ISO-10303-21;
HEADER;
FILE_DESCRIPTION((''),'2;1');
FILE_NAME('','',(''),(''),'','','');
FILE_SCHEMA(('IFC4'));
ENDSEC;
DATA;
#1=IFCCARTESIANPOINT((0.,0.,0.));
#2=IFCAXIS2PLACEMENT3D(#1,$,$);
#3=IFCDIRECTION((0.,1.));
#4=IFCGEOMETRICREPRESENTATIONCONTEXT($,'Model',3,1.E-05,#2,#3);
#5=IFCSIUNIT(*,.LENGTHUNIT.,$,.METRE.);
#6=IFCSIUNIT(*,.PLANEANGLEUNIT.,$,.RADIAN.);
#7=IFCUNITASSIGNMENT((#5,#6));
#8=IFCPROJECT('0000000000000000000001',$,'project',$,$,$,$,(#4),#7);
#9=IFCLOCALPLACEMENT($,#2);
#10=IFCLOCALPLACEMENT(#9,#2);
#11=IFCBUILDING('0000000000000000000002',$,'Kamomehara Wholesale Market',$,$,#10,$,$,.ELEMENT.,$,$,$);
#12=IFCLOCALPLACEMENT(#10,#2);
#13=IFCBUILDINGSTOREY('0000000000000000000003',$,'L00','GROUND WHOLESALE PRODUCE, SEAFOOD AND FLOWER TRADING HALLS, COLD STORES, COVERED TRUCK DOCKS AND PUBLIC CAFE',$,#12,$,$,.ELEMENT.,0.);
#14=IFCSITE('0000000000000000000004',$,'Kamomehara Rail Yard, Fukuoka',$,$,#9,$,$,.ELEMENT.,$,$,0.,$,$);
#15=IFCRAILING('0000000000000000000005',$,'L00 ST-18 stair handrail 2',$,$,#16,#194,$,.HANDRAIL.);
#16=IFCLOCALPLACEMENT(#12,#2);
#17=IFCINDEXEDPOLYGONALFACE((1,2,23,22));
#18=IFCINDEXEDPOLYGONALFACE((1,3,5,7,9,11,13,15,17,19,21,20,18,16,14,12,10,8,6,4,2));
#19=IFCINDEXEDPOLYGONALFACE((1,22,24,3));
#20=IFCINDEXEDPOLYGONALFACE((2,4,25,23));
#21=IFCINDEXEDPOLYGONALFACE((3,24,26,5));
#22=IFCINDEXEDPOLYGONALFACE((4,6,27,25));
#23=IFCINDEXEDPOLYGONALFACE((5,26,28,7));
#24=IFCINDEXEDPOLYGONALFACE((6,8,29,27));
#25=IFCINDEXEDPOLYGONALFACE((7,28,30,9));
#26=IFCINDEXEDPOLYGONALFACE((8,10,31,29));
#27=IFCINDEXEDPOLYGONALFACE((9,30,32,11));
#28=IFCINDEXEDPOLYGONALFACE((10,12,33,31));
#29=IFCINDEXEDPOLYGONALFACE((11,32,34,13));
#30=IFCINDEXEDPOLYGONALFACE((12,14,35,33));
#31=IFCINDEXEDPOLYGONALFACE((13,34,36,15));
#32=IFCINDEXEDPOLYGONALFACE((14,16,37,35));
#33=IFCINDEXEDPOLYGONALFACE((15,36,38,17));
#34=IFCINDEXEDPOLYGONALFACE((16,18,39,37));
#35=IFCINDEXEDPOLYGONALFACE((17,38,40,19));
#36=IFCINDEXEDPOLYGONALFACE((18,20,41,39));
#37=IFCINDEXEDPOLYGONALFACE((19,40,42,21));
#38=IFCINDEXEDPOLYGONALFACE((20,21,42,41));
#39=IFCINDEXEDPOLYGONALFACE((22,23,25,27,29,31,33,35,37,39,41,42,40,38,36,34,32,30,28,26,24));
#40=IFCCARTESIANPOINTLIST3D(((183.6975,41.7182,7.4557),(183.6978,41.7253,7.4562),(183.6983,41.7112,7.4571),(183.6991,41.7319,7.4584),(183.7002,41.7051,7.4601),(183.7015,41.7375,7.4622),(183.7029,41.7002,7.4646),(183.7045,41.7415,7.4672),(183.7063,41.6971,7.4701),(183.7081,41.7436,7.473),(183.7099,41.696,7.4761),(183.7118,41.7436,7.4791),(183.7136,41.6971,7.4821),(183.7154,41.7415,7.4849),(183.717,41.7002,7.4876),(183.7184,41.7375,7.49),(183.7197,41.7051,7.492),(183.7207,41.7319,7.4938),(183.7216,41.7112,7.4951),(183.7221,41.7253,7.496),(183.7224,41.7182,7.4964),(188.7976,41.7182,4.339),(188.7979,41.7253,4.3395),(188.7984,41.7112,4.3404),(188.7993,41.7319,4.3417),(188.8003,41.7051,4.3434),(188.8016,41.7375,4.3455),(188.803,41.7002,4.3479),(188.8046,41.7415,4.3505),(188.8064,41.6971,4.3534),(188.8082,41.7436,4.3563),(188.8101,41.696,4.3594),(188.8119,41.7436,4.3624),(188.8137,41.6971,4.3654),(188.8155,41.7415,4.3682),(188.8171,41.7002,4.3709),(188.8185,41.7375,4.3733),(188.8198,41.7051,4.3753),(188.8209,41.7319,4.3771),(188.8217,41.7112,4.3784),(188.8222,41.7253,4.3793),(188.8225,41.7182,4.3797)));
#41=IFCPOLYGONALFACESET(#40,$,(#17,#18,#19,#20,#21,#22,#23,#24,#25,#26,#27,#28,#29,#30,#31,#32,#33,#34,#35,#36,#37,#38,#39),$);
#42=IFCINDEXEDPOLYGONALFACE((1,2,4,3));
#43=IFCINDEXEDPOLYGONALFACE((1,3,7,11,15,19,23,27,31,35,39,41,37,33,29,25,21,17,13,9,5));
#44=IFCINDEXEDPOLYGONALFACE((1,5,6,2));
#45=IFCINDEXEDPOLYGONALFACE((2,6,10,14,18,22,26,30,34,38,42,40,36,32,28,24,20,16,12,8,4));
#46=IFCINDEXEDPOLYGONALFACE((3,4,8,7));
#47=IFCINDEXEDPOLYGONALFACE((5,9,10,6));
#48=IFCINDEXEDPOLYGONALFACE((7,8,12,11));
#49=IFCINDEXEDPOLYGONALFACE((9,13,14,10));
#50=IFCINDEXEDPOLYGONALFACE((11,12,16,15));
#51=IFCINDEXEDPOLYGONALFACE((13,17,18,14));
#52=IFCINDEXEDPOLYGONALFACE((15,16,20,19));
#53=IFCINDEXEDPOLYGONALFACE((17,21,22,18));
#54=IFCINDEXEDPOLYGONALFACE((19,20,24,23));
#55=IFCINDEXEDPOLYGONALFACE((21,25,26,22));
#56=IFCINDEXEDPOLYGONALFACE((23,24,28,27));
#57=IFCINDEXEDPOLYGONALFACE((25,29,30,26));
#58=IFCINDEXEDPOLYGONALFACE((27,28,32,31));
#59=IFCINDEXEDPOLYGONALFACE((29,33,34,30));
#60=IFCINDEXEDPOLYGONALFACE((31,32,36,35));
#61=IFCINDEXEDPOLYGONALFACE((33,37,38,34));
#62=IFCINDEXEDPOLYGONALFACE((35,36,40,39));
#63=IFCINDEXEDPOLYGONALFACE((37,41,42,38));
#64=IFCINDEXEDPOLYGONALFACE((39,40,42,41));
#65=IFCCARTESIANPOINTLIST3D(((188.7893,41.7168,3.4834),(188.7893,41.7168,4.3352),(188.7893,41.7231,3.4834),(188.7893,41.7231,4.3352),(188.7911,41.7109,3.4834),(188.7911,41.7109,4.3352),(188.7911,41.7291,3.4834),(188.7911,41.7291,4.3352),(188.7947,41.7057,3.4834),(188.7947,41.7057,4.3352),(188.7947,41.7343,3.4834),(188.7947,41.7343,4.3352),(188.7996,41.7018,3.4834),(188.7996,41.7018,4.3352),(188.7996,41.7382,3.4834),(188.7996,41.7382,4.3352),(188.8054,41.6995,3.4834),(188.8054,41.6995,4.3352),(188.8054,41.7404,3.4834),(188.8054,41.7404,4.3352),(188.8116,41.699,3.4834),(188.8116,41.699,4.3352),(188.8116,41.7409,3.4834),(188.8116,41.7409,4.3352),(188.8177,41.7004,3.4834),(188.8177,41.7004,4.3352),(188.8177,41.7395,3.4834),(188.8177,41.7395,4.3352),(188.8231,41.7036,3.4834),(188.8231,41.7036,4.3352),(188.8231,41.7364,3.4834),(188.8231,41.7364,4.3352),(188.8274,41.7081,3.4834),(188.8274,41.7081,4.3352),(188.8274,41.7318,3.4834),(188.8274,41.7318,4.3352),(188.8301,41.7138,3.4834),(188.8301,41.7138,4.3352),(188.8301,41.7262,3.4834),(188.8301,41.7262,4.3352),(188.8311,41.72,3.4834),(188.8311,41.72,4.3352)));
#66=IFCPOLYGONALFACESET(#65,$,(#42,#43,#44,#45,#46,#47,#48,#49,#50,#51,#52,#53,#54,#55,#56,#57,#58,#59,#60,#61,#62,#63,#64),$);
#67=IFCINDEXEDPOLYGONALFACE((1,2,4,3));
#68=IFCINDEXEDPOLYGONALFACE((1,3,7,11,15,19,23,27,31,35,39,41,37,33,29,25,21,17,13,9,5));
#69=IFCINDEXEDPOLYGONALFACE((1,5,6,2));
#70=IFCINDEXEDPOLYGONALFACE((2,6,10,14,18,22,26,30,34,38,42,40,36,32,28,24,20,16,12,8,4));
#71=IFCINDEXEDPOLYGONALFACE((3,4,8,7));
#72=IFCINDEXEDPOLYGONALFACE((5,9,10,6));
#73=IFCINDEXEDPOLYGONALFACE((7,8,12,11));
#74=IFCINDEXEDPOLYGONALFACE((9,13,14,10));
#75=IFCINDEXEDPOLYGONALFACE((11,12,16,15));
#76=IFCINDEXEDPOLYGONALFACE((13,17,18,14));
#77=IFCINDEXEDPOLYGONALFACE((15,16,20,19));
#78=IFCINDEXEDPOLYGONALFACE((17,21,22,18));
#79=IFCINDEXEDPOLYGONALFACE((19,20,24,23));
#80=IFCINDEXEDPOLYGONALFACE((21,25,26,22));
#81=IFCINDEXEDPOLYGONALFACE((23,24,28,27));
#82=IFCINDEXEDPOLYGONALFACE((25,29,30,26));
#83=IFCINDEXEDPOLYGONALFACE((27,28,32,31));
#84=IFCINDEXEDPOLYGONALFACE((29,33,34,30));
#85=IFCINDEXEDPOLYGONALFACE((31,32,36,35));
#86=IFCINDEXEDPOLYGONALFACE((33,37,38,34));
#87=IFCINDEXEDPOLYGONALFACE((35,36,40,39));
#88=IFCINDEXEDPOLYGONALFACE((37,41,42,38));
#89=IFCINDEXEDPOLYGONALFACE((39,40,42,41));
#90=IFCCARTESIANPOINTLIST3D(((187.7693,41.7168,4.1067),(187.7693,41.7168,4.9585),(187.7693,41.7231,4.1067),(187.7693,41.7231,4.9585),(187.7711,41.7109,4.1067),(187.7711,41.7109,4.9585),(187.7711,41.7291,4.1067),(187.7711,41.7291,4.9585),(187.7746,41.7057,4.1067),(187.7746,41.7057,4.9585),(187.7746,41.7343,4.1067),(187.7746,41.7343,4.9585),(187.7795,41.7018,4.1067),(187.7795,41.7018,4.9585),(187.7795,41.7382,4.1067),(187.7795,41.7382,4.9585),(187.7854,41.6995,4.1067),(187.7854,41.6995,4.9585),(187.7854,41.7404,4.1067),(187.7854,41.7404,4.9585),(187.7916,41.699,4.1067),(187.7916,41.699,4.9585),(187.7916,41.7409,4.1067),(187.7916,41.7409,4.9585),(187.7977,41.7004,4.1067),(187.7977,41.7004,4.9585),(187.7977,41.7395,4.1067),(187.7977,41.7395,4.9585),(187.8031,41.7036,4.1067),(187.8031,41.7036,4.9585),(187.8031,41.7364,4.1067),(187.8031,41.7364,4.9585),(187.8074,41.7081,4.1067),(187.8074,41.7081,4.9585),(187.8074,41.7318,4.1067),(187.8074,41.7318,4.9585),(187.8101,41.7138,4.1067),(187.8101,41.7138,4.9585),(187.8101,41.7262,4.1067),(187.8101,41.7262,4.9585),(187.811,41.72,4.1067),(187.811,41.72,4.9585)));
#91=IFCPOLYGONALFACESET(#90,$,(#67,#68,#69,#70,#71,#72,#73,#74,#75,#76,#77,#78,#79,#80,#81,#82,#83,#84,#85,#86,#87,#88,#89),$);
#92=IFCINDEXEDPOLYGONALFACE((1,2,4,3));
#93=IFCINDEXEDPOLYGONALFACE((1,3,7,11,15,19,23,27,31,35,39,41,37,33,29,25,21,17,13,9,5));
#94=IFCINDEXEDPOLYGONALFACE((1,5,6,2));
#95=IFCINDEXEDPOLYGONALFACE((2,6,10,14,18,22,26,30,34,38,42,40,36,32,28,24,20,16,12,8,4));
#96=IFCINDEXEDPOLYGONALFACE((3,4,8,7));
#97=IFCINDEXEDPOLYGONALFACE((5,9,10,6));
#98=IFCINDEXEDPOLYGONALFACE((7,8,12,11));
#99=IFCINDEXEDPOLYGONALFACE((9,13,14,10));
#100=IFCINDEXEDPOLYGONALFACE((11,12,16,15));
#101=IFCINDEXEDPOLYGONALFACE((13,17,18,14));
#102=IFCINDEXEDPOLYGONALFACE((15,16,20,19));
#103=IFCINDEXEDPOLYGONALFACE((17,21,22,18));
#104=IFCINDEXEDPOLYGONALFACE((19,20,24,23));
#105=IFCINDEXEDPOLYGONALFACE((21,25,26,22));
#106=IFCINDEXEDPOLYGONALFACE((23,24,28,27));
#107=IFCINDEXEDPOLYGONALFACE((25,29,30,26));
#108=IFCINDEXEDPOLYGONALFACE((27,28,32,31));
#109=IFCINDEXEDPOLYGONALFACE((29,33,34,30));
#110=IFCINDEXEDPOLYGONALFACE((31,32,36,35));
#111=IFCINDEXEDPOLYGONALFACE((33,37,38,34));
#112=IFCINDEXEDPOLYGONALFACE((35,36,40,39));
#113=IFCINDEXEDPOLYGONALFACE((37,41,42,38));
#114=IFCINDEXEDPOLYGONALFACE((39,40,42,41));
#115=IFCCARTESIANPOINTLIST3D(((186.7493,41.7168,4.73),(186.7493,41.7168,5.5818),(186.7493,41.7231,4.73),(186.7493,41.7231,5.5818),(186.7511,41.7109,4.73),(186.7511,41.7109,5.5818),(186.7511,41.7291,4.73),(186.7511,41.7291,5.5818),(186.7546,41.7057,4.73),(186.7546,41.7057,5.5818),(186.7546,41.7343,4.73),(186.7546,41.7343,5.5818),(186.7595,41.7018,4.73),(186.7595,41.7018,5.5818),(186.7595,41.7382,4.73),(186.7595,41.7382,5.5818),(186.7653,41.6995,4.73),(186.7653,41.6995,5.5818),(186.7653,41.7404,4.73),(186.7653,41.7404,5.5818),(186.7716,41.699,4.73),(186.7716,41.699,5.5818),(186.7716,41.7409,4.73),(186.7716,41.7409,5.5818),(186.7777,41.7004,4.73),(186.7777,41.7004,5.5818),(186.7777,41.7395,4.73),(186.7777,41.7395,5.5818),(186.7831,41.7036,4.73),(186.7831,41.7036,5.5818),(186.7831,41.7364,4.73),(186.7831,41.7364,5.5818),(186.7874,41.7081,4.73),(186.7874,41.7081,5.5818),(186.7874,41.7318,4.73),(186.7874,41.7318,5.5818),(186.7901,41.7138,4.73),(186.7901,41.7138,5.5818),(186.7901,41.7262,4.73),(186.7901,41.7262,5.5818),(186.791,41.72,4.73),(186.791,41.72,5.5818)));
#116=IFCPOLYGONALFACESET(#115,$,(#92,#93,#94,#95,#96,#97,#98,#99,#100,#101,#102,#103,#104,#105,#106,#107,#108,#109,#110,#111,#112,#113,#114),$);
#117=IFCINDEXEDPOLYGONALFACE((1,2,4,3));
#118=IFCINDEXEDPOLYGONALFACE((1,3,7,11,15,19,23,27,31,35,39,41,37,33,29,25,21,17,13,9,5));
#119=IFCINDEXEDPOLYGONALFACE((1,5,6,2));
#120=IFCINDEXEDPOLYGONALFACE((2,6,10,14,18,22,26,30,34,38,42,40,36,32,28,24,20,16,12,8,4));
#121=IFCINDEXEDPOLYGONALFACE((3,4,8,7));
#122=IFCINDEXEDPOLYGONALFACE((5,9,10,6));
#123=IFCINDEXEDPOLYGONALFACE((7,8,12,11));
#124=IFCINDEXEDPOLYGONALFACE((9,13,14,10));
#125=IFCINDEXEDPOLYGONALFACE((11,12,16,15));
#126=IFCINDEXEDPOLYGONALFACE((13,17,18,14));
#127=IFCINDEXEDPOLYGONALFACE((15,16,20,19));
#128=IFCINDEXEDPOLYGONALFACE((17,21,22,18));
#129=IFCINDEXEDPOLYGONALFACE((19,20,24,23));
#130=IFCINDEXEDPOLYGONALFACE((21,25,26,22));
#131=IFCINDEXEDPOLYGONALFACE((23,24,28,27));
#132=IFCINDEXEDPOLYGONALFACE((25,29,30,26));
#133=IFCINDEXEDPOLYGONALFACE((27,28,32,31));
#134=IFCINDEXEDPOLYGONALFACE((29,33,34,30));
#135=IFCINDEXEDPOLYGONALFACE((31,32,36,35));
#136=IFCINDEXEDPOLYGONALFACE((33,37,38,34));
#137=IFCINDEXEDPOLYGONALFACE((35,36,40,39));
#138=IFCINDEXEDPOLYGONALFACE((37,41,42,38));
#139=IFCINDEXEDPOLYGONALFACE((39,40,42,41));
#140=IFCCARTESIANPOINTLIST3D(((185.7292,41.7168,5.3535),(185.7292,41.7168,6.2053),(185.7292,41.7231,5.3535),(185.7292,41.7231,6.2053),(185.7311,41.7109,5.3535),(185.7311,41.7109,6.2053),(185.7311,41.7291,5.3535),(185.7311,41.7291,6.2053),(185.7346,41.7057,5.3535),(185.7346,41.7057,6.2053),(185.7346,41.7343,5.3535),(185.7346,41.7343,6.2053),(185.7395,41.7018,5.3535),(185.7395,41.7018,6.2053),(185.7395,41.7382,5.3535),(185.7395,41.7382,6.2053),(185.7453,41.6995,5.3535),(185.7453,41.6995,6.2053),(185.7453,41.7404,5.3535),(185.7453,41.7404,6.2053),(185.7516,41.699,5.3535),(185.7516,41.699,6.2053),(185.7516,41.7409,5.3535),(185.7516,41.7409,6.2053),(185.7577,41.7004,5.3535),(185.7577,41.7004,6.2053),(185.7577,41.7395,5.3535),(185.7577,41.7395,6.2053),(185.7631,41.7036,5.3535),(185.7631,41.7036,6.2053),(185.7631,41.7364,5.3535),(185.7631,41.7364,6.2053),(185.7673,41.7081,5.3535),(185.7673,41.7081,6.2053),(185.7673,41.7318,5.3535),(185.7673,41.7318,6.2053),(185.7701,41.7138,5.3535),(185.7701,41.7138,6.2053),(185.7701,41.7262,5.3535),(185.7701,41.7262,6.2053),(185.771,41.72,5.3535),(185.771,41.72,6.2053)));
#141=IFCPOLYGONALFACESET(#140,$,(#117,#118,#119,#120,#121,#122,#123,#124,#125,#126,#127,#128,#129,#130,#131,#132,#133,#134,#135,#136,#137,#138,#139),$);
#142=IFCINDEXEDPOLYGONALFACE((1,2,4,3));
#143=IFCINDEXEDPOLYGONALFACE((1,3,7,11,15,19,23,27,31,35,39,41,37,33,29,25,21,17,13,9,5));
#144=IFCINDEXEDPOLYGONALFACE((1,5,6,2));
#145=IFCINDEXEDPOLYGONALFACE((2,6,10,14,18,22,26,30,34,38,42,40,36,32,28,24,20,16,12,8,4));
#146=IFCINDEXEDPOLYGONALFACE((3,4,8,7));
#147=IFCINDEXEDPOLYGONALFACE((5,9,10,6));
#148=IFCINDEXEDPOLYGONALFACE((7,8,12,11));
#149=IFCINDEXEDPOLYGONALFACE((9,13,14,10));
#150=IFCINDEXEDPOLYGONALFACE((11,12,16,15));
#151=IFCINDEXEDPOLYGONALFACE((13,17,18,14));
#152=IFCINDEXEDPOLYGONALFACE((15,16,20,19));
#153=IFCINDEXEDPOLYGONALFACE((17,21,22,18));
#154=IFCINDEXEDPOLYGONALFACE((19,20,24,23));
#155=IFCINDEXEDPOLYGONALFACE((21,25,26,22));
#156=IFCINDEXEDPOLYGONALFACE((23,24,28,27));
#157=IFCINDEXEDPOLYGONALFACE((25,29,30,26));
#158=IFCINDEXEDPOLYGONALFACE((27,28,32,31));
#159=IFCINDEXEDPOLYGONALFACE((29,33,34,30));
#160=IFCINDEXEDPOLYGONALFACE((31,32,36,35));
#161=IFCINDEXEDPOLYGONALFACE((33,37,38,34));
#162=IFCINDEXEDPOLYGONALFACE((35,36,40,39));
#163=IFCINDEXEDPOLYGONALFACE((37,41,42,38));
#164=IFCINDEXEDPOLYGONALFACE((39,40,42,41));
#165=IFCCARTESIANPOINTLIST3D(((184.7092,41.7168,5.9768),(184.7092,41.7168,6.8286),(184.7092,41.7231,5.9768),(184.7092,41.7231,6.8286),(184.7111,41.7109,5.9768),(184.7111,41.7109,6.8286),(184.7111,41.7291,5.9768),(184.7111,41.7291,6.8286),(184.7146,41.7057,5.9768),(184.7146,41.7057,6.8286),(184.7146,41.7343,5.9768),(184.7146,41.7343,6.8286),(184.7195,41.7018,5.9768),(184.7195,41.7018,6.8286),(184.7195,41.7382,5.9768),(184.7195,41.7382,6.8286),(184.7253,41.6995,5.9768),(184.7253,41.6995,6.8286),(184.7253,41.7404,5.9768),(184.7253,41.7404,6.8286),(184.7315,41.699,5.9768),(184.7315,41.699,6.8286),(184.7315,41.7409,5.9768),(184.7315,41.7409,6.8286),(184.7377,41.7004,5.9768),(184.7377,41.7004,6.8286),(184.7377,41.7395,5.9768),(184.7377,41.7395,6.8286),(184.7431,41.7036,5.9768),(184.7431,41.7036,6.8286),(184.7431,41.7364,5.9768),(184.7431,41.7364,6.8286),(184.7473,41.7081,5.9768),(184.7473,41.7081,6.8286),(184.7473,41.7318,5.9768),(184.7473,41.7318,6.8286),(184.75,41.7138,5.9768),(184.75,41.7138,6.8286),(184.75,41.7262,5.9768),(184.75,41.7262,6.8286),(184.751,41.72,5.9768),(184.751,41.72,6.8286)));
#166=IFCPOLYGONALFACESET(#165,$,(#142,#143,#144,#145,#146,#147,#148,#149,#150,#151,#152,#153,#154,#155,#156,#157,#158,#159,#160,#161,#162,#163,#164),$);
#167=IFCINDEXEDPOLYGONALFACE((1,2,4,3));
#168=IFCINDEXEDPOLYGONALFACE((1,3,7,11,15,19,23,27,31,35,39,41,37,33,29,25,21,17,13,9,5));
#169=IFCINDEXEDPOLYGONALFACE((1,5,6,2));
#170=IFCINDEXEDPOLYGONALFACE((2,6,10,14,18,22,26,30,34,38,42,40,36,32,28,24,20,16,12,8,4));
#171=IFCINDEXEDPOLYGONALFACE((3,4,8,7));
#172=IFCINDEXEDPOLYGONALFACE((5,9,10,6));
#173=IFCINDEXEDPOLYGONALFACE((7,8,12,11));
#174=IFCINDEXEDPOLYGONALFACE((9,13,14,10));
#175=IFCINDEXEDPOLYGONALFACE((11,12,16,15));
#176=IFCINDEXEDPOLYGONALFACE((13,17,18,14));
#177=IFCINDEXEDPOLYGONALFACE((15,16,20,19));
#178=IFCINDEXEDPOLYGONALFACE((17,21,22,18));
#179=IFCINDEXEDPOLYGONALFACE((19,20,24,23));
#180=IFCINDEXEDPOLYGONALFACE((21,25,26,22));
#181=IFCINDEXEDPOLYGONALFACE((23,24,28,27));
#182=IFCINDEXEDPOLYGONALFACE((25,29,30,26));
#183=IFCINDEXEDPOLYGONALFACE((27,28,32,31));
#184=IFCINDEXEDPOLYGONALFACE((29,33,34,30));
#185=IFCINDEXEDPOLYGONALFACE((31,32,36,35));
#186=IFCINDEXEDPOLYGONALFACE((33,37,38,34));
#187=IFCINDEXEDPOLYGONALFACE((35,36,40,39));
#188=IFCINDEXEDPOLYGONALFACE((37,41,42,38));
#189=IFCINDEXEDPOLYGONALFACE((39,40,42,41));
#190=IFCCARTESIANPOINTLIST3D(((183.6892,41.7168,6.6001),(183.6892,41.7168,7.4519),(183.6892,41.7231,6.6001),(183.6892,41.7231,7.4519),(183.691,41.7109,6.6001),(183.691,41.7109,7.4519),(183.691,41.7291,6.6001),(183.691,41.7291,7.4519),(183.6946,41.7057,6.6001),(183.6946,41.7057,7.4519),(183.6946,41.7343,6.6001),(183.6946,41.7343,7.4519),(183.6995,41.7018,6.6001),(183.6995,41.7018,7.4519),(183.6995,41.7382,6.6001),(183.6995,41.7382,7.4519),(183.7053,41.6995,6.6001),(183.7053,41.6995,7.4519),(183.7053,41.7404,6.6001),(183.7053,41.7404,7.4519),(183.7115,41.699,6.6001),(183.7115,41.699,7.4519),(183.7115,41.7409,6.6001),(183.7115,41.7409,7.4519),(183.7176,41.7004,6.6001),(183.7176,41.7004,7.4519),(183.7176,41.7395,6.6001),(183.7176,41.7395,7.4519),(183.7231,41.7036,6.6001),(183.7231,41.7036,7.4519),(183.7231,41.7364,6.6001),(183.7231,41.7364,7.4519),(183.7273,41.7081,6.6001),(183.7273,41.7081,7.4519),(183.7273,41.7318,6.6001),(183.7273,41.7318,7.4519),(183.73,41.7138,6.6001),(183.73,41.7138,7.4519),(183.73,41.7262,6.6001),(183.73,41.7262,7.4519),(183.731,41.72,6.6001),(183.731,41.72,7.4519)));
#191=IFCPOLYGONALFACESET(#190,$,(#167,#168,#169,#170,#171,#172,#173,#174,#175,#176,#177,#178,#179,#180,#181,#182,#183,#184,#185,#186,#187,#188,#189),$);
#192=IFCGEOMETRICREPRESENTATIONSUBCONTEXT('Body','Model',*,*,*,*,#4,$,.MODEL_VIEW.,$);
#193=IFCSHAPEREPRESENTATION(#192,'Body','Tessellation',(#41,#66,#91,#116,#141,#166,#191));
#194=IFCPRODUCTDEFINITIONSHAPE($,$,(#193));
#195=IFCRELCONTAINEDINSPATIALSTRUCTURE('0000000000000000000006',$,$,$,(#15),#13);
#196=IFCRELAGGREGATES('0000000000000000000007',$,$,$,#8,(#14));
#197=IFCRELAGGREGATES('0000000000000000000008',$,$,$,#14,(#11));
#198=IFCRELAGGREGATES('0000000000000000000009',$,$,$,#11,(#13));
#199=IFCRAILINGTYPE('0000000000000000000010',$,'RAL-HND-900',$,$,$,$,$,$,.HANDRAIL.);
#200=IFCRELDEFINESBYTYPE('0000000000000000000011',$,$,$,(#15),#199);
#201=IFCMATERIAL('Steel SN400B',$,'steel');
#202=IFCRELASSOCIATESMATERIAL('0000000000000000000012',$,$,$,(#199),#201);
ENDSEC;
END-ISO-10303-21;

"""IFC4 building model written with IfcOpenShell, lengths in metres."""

from ifc_helpers import new_model, si_unit, direction, frame, origin, origin_2d, place, context, subcontext, project, spatial, circle, extrude, material, type_object, element, save


model = new_model("IFC4")

# Units and contexts
model_context = context("Model", 3, precision=1e-05, world=origin(), true_north=direction((0.0, 1.0)))
body_context = subcontext(model_context, "Body", "Model", "MODEL_VIEW")
ifc_project = project(units=[si_unit("LENGTHUNIT", "METRE"), si_unit("PLANEANGLEUNIT", "RADIAN")], contexts=[model_context])

# Site, building, storey
site_placement = place(None, origin())
site = spatial("IfcSite", under=ifc_project, at=site_placement, Name="Kamomehara Rail Yard, Fukuoka", CompositionType="ELEMENT", RefElevation=0.0)
building_placement = place(site_placement, origin())
building = spatial("IfcBuilding", under=site, at=building_placement, Name="Kamomehara Wholesale Market", CompositionType="ELEMENT")
storey_placement = place(building_placement, origin())
storey = spatial("IfcBuildingStorey", under=building, at=storey_placement, Name="L00", Description="GROUND WHOLESALE PRODUCE, SEAFOOD AND FLOWER TRADING HALLS, COLD STORES, COVERED TRUCK DOCKS AND PUBLIC CAFE", CompositionType="ELEMENT", Elevation=0.0)

# Railing
ifc_material_1 = material(Name="Steel SN400B", Category="steel")
railing_type_1 = type_object("IfcRailingType", Name="RAL-HND-900", PredefinedType="HANDRAIL", material=ifc_material_1)
railing_1_placement = place(storey_placement, frame((188.8101, 41.72, 3.4834)))
element("IfcRailing", 1, at=railing_1_placement, inside=storey, type_object=railing_type_1, Name="L00 ST-18 stair handrail 2", PredefinedType="HANDRAIL", context=body_context, shape_type="SweptSolid", body=[
    extrude(circle(Radius=0.0239, at=origin_2d()), frame((0.0, 0.0, 0.876), z_axis=(-0.853284, 0.0, 0.521447), x_axis=(0.0, -1.0, 0.0)), (0.0, 0.0, 1.0), 5.9771),
    extrude(circle(Radius=0.021, at=origin_2d()), origin(), (0.0, 0.0, 1.0), 0.8518),
    extrude(circle(Radius=0.021, at=origin_2d()), frame((-1.02, 0.0, 0.6233)), (0.0, 0.0, 1.0), 0.8518),
    extrude(circle(Radius=0.021, at=origin_2d()), frame((-2.04, 0.0, 1.2466)), (0.0, 0.0, 1.0), 0.8518),
    extrude(circle(Radius=0.021, at=origin_2d()), frame((-3.0601, 0.0, 1.8701)), (0.0, 0.0, 1.0), 0.8518),
    extrude(circle(Radius=0.021, at=origin_2d()), frame((-4.0801, 0.0, 2.4934)), (0.0, 0.0, 1.0), 0.8518),
    extrude(circle(Radius=0.021, at=origin_2d()), frame((-5.1001, 0.0, 3.1167)), (0.0, 0.0, 1.0), 0.8518),
])

save(model, "model.ifc")
